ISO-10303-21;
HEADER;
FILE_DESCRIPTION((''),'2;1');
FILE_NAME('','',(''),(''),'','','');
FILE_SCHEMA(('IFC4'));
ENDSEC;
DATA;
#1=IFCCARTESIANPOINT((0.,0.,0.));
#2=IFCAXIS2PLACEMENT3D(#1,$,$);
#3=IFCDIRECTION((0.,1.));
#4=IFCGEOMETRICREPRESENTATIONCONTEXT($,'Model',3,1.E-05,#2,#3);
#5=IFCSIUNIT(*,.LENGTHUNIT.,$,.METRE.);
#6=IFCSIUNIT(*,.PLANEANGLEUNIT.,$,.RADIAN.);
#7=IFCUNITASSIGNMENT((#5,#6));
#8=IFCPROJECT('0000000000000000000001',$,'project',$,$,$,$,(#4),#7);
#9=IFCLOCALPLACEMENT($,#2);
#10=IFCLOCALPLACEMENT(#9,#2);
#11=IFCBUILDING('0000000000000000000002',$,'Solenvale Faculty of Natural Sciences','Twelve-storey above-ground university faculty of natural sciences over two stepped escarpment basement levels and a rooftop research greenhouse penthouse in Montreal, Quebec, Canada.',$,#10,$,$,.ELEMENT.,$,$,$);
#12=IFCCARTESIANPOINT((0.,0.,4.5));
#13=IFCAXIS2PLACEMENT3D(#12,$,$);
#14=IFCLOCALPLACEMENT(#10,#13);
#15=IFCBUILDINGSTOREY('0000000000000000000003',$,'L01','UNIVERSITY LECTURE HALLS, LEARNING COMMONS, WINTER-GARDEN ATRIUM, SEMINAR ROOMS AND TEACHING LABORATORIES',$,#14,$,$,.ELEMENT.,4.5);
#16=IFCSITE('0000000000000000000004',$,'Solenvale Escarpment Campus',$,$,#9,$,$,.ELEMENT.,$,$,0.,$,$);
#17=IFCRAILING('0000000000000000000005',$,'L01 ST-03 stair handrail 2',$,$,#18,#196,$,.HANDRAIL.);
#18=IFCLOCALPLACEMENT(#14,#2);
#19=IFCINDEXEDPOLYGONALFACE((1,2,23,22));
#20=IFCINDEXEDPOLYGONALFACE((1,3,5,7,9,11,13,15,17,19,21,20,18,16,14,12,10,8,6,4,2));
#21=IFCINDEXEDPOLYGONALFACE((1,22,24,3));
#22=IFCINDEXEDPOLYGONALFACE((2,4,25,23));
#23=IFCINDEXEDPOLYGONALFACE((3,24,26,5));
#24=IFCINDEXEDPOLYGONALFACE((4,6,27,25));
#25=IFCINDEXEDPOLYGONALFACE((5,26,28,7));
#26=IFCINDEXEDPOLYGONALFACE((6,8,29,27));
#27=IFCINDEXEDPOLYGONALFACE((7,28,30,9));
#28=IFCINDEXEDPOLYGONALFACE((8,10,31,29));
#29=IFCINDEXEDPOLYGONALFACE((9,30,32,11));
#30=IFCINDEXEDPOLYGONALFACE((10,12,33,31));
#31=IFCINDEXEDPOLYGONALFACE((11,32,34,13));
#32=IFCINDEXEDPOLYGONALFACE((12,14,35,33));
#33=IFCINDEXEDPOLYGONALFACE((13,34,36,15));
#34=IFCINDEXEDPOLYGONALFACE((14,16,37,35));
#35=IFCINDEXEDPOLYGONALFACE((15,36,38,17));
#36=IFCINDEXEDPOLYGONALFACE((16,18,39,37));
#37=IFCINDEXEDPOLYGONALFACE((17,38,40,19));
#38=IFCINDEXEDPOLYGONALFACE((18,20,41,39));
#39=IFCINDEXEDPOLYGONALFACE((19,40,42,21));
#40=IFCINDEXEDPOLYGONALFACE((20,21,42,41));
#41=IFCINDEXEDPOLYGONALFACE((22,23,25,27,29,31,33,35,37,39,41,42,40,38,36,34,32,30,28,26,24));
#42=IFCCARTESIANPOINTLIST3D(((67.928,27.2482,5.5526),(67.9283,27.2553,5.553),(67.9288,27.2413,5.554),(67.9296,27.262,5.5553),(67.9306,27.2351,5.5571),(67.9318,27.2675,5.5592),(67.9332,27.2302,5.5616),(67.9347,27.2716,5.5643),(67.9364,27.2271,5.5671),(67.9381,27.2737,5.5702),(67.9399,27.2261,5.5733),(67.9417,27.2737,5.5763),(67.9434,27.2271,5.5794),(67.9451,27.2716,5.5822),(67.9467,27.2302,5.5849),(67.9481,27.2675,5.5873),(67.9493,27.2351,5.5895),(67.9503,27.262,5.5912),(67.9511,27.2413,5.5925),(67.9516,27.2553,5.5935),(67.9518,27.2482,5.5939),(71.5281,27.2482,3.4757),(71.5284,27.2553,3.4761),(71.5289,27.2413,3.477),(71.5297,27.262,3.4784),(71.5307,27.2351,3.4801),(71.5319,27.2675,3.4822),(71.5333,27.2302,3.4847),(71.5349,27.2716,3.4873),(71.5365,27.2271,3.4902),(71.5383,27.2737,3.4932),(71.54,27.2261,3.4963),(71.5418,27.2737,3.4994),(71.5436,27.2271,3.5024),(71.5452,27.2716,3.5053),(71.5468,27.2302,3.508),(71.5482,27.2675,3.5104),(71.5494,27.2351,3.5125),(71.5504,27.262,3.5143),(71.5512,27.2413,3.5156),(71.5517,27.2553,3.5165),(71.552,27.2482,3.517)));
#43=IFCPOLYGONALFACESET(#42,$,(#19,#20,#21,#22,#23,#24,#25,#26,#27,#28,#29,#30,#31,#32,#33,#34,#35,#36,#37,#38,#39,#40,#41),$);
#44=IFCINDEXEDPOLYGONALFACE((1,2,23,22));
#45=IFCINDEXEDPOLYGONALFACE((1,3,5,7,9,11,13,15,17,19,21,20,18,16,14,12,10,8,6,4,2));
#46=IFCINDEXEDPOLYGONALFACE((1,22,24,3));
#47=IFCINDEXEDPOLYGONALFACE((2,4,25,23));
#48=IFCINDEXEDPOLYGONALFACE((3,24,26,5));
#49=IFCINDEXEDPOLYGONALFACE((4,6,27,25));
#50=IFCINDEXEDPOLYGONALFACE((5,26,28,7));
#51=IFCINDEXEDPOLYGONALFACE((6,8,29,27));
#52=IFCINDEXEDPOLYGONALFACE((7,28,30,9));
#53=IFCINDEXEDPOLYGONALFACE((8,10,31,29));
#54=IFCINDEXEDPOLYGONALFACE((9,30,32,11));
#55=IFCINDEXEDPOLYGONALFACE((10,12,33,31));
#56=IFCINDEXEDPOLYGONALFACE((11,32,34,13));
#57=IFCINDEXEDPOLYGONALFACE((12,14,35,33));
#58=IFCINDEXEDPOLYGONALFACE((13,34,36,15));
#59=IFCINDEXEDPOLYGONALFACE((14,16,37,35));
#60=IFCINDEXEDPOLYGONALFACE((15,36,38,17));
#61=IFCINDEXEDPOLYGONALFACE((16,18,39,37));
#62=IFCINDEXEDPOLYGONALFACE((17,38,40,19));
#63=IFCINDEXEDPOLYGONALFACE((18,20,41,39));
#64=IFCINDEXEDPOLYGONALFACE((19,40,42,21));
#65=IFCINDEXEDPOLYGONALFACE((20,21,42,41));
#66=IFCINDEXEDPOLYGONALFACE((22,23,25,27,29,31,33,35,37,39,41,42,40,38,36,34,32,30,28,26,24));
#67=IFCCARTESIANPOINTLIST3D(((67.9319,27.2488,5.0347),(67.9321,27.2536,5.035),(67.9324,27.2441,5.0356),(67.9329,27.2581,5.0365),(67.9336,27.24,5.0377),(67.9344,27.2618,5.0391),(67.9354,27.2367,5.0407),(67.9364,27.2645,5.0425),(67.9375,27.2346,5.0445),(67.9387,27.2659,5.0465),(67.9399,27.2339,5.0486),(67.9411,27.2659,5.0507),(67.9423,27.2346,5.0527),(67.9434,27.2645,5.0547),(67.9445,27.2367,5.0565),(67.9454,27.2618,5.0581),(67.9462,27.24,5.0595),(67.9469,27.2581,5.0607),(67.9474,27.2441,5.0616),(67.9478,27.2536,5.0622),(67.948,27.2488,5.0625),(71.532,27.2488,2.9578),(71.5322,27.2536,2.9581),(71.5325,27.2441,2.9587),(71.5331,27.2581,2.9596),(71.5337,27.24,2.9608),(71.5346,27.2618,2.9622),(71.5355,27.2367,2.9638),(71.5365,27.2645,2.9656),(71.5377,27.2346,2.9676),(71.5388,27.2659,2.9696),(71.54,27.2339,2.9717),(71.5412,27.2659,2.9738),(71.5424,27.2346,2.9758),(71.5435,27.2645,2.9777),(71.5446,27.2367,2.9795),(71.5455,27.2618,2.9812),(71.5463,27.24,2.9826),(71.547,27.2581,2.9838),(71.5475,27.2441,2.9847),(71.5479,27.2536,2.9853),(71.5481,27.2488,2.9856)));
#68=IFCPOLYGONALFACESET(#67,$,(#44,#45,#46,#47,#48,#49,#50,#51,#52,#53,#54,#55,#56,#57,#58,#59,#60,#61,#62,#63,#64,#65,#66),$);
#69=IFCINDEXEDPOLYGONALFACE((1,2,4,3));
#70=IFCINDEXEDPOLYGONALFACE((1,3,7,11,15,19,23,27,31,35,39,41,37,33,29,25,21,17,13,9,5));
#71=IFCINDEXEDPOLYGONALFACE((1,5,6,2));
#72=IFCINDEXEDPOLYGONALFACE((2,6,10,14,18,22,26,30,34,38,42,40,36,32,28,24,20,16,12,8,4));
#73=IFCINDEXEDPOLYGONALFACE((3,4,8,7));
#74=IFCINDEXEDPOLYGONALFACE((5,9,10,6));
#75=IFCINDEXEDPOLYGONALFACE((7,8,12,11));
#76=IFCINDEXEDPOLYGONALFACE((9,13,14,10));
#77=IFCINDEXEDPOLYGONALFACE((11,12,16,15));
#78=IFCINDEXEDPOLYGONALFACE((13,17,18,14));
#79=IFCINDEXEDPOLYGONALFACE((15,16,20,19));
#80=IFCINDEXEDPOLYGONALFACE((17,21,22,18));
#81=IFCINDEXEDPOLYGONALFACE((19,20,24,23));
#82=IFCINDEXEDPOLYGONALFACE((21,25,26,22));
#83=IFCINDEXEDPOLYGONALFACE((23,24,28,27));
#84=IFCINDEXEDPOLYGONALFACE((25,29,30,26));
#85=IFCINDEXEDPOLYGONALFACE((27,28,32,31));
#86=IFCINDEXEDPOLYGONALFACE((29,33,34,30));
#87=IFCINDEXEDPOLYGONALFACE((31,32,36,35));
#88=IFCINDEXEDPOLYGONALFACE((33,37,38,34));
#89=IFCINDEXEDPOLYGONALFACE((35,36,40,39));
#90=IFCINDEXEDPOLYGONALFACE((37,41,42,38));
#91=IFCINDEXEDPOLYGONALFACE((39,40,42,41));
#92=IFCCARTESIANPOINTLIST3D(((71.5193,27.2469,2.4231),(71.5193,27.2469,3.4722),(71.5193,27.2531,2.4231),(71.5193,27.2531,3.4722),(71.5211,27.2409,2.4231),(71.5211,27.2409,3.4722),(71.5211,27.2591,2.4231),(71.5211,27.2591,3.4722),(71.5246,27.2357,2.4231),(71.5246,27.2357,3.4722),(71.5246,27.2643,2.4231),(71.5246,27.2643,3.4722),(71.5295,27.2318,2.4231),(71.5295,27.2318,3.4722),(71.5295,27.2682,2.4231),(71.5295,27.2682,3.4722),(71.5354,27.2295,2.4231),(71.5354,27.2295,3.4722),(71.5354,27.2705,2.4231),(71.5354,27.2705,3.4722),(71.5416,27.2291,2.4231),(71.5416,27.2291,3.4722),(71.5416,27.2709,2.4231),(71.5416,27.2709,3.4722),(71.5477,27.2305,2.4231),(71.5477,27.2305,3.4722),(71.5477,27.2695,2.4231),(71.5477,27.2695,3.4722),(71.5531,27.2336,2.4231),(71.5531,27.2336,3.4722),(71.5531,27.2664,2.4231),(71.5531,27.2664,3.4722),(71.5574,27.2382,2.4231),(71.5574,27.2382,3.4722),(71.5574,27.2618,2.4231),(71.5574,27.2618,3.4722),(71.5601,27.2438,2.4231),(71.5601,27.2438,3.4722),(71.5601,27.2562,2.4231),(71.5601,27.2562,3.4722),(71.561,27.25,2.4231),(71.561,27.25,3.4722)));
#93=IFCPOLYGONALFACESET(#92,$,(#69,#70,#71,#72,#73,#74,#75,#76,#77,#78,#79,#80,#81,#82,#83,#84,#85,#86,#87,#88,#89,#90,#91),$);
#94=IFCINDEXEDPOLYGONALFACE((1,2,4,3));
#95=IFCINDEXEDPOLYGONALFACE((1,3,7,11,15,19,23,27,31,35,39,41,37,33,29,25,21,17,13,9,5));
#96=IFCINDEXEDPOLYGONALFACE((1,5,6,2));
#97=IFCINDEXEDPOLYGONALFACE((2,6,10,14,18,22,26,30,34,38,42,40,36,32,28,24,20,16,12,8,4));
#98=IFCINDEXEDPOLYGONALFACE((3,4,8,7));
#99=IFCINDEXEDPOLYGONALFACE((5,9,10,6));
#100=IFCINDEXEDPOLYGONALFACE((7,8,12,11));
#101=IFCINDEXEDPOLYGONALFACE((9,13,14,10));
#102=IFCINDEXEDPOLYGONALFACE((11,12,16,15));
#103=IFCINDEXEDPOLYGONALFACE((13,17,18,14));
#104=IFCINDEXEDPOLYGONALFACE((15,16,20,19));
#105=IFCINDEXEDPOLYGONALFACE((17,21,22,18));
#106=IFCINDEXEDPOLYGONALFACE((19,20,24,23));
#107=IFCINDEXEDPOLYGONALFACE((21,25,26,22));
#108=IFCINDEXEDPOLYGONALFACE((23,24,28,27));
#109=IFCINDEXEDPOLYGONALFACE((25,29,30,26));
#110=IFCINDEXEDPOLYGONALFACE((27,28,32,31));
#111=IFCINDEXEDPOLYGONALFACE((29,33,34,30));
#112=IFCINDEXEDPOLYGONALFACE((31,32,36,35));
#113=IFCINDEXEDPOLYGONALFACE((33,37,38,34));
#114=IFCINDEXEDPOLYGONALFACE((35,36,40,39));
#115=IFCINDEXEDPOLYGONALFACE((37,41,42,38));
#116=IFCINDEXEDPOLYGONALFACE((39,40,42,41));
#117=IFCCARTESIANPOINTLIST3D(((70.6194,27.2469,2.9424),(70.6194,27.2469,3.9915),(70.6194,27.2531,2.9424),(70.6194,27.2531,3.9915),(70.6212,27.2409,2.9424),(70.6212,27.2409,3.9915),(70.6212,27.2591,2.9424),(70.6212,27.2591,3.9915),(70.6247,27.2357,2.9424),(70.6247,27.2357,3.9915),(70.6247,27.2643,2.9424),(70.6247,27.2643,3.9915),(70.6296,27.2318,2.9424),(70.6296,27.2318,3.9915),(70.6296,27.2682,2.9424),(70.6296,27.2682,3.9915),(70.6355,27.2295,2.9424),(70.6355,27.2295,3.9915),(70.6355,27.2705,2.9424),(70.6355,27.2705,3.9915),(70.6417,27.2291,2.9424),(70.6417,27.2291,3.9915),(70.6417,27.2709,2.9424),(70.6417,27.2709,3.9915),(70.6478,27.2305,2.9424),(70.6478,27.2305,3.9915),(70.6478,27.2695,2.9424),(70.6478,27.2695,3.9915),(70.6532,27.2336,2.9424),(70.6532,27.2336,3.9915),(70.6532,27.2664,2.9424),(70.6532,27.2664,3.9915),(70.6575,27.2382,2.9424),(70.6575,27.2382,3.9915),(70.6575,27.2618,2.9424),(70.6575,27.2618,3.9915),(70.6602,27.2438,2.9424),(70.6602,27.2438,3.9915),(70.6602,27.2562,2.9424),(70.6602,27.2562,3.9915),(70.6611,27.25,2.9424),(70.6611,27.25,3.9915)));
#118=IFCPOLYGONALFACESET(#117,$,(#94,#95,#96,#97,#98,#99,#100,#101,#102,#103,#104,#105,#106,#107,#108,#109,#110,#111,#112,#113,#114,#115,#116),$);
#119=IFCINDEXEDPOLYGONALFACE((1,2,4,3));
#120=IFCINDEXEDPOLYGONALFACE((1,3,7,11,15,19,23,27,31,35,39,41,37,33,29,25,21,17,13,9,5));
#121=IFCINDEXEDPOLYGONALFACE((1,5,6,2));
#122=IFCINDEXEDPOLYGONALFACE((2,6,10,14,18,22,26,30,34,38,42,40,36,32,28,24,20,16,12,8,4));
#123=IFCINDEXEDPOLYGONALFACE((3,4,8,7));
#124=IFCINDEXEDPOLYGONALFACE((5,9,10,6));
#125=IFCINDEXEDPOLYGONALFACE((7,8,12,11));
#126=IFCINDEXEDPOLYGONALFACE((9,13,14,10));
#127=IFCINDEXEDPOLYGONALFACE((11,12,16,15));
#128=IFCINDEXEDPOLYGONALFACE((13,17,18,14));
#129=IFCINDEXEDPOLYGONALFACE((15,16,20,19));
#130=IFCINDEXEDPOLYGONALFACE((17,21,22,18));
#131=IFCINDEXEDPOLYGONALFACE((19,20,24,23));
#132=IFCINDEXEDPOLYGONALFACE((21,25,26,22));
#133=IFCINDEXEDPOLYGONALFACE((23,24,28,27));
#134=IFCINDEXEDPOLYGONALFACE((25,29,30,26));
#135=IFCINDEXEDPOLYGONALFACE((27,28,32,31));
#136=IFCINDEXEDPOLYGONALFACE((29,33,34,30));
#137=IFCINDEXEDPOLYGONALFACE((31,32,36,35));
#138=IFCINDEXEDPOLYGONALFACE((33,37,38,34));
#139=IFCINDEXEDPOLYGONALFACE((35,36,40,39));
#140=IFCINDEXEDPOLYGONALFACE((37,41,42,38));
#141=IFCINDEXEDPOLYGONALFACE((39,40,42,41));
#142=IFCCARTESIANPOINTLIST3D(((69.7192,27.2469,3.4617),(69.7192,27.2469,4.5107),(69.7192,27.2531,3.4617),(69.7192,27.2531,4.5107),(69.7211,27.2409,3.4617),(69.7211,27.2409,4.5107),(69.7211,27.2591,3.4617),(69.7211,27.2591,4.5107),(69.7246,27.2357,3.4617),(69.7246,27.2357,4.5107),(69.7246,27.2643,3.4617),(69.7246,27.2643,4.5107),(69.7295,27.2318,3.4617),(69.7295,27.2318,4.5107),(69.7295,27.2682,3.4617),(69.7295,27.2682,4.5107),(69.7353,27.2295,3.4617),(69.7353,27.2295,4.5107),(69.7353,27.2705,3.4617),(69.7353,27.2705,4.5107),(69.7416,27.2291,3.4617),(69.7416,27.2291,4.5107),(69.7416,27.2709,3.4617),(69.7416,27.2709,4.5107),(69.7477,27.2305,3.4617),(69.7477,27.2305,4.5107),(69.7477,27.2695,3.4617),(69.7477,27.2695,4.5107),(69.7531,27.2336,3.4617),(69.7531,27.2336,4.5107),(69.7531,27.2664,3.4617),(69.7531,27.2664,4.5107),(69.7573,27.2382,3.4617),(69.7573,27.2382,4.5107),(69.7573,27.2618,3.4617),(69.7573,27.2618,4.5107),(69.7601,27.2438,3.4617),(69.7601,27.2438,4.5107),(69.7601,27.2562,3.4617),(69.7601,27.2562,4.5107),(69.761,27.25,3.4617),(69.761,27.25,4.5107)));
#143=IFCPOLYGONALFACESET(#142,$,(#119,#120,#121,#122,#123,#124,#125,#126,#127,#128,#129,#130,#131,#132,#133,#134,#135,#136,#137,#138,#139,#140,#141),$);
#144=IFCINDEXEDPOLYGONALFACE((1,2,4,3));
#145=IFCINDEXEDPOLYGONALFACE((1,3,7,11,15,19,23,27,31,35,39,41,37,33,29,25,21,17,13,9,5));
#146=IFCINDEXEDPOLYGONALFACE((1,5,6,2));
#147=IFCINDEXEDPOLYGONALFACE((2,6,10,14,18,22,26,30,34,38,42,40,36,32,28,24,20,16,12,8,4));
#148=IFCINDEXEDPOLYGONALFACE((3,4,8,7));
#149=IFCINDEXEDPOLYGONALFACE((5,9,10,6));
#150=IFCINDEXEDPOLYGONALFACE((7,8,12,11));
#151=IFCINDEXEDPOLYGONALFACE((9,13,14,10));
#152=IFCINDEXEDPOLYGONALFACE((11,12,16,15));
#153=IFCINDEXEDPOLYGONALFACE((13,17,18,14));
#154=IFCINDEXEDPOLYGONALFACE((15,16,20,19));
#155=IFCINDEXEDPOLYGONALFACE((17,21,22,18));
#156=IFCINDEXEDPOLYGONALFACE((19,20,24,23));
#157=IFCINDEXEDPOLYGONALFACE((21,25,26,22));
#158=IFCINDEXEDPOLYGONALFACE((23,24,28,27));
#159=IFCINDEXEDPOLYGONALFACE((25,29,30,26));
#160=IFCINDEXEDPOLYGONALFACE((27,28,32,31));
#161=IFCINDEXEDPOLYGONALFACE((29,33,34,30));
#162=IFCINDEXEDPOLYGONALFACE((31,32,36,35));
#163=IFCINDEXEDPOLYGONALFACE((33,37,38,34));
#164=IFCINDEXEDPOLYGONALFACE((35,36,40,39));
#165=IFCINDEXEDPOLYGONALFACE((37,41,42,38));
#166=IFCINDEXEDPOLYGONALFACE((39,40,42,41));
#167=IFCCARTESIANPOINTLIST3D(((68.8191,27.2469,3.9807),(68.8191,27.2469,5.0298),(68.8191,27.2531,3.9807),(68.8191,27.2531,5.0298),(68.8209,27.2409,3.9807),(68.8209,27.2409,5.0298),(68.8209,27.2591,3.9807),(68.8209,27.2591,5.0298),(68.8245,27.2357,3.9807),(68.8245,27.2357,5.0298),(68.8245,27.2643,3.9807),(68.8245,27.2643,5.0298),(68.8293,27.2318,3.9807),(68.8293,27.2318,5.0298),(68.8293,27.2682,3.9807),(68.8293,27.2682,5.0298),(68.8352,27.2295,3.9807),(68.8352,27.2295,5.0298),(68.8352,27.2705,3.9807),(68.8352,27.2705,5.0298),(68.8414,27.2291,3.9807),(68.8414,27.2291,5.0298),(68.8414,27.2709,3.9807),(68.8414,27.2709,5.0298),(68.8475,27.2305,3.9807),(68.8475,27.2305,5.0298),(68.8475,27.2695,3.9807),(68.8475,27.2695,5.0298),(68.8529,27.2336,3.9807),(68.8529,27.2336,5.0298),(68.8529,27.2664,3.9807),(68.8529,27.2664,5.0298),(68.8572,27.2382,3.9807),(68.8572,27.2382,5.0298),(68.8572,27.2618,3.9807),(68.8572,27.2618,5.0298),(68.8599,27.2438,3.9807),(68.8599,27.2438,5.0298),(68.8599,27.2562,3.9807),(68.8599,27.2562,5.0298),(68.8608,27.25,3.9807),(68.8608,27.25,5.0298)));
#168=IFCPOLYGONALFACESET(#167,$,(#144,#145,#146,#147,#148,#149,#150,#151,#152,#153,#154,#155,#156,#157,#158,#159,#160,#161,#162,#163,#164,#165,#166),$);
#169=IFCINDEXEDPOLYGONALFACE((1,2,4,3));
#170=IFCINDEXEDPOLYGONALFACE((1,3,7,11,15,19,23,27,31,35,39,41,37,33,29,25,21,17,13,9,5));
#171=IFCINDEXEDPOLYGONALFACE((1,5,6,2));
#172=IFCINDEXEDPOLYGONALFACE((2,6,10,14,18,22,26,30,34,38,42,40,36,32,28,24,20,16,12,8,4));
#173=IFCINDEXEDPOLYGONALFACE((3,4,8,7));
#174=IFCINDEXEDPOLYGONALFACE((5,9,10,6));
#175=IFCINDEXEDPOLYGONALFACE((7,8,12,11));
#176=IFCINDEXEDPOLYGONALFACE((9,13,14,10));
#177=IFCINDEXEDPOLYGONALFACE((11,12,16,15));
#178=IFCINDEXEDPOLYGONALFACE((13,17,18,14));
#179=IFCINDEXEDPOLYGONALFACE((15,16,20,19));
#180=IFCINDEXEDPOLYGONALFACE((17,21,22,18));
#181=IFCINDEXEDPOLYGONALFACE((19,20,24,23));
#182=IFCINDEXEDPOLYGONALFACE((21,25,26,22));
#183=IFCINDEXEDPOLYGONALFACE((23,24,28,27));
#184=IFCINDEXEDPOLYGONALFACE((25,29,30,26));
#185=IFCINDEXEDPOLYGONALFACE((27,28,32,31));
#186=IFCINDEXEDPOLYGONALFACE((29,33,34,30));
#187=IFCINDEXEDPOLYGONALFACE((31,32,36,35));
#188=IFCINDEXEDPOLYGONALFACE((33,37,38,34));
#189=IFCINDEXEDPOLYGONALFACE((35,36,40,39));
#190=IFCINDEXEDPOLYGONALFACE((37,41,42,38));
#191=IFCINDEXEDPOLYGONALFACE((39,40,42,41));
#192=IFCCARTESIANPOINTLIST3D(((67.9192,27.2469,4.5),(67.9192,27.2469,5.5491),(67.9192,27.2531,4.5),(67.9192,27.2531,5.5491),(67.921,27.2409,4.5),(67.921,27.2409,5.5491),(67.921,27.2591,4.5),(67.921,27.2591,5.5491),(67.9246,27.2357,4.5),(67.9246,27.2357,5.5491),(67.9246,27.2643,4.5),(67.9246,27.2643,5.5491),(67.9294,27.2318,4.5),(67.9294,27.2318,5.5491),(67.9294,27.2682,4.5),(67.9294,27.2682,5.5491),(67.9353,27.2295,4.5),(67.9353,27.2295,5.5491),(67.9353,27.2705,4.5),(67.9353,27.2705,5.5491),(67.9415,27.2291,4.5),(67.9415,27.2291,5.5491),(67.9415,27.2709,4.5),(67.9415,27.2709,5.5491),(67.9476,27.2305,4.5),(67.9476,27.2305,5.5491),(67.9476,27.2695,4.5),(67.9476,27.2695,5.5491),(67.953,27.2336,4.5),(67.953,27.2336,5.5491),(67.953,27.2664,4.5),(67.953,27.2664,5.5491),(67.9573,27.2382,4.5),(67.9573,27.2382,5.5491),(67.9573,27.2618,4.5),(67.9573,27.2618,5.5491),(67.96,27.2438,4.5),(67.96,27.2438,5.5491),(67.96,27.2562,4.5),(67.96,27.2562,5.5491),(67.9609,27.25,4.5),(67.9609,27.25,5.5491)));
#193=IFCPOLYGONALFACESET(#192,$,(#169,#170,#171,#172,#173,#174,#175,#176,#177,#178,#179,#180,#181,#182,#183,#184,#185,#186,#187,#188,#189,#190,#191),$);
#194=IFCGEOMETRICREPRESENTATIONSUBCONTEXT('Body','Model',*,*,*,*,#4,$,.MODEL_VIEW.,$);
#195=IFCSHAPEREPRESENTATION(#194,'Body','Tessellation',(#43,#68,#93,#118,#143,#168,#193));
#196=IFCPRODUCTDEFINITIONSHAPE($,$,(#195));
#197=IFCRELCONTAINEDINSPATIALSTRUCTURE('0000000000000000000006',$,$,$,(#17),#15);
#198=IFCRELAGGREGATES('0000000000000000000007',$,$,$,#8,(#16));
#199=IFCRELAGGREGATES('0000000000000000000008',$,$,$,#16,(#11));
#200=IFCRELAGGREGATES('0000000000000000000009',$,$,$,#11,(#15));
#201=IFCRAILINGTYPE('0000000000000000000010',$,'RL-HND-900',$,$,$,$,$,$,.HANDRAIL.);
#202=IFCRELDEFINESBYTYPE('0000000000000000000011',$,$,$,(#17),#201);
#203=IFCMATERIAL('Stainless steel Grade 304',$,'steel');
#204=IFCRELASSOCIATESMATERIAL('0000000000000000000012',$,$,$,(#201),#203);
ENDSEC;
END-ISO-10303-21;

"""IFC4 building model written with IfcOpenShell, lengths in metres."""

from ifc_helpers import new_model, si_unit, direction, frame, origin, origin_2d, place, context, subcontext, project, spatial, circle, extrude, material, type_object, element, save


model = new_model("IFC4")

# Units and contexts
model_context = context("Model", 3, precision=1e-05, world=origin(), true_north=direction((0.0, 1.0)))
body_context = subcontext(model_context, "Body", "Model", "MODEL_VIEW")
ifc_project = project(units=[si_unit("LENGTHUNIT", "METRE"), si_unit("PLANEANGLEUNIT", "RADIAN")], contexts=[model_context])

# Site, building, storey
site_placement = place(None, origin())
site = spatial("IfcSite", under=ifc_project, at=site_placement, Name="Solenvale Escarpment Campus", CompositionType="ELEMENT", RefElevation=0.0)
building_placement = place(site_placement, origin())
building = spatial("IfcBuilding", under=site, at=building_placement, Name="Solenvale Faculty of Natural Sciences", Description="Twelve-storey above-ground university faculty of natural sciences over two stepped escarpment basement levels and a rooftop research greenhouse penthouse in Montreal, Quebec, Canada.", CompositionType="ELEMENT")
storey_placement = place(building_placement, frame((0.0, 0.0, 4.5)))
storey = spatial("IfcBuildingStorey", under=building, at=storey_placement, Name="L01", Description="UNIVERSITY LECTURE HALLS, LEARNING COMMONS, WINTER-GARDEN ATRIUM, SEMINAR ROOMS AND TEACHING LABORATORIES", CompositionType="ELEMENT", Elevation=4.5)

# Railing
ifc_material_1 = material(Name="Stainless steel Grade 304", Category="steel")
railing_type_1 = type_object("IfcRailingType", Name="RL-HND-900", PredefinedType="HANDRAIL", material=ifc_material_1)
railing_1_placement = place(storey_placement, frame((71.54, 27.25, 2.4231)))
element("IfcRailing", 1, at=railing_1_placement, inside=storey, type_object=railing_type_1, Name="L01 ST-03 stair handrail 2", PredefinedType="HANDRAIL", context=body_context, shape_type="SweptSolid", body=[
    extrude(circle(Radius=0.0239, at=origin_2d()), frame((0.0, 0.0, 1.0732), z_axis=(-0.866193, 0.0, 0.499709), x_axis=(0.0, -1.0, 0.0)), (0.0, 0.0, 1.0), 4.1562),
    extrude(circle(Radius=0.0161, at=origin_2d()), frame((0.0, 0.0, 0.5486), z_axis=(-0.866193, 0.0, 0.499709), x_axis=(0.0, -1.0, 0.0)), (0.0, 0.0, 1.0), 4.1562),
    extrude(circle(Radius=0.021, at=origin_2d()), origin(), (0.0, 0.0, 1.0), 1.0491),
    extrude(circle(Radius=0.021, at=origin_2d()), frame((-0.8999, 0.0, 0.5193)), (0.0, 0.0, 1.0), 1.0491),
    extrude(circle(Radius=0.021, at=origin_2d()), frame((-1.8, 0.0, 1.0386)), (0.0, 0.0, 1.0), 1.0491),
    extrude(circle(Radius=0.021, at=origin_2d()), frame((-2.7002, 0.0, 1.5576)), (0.0, 0.0, 1.0), 1.0491),
    extrude(circle(Radius=0.021, at=origin_2d()), frame((-3.6001, 0.0, 2.0769)), (0.0, 0.0, 1.0), 1.0491),
])

save(model, "model.ifc")
